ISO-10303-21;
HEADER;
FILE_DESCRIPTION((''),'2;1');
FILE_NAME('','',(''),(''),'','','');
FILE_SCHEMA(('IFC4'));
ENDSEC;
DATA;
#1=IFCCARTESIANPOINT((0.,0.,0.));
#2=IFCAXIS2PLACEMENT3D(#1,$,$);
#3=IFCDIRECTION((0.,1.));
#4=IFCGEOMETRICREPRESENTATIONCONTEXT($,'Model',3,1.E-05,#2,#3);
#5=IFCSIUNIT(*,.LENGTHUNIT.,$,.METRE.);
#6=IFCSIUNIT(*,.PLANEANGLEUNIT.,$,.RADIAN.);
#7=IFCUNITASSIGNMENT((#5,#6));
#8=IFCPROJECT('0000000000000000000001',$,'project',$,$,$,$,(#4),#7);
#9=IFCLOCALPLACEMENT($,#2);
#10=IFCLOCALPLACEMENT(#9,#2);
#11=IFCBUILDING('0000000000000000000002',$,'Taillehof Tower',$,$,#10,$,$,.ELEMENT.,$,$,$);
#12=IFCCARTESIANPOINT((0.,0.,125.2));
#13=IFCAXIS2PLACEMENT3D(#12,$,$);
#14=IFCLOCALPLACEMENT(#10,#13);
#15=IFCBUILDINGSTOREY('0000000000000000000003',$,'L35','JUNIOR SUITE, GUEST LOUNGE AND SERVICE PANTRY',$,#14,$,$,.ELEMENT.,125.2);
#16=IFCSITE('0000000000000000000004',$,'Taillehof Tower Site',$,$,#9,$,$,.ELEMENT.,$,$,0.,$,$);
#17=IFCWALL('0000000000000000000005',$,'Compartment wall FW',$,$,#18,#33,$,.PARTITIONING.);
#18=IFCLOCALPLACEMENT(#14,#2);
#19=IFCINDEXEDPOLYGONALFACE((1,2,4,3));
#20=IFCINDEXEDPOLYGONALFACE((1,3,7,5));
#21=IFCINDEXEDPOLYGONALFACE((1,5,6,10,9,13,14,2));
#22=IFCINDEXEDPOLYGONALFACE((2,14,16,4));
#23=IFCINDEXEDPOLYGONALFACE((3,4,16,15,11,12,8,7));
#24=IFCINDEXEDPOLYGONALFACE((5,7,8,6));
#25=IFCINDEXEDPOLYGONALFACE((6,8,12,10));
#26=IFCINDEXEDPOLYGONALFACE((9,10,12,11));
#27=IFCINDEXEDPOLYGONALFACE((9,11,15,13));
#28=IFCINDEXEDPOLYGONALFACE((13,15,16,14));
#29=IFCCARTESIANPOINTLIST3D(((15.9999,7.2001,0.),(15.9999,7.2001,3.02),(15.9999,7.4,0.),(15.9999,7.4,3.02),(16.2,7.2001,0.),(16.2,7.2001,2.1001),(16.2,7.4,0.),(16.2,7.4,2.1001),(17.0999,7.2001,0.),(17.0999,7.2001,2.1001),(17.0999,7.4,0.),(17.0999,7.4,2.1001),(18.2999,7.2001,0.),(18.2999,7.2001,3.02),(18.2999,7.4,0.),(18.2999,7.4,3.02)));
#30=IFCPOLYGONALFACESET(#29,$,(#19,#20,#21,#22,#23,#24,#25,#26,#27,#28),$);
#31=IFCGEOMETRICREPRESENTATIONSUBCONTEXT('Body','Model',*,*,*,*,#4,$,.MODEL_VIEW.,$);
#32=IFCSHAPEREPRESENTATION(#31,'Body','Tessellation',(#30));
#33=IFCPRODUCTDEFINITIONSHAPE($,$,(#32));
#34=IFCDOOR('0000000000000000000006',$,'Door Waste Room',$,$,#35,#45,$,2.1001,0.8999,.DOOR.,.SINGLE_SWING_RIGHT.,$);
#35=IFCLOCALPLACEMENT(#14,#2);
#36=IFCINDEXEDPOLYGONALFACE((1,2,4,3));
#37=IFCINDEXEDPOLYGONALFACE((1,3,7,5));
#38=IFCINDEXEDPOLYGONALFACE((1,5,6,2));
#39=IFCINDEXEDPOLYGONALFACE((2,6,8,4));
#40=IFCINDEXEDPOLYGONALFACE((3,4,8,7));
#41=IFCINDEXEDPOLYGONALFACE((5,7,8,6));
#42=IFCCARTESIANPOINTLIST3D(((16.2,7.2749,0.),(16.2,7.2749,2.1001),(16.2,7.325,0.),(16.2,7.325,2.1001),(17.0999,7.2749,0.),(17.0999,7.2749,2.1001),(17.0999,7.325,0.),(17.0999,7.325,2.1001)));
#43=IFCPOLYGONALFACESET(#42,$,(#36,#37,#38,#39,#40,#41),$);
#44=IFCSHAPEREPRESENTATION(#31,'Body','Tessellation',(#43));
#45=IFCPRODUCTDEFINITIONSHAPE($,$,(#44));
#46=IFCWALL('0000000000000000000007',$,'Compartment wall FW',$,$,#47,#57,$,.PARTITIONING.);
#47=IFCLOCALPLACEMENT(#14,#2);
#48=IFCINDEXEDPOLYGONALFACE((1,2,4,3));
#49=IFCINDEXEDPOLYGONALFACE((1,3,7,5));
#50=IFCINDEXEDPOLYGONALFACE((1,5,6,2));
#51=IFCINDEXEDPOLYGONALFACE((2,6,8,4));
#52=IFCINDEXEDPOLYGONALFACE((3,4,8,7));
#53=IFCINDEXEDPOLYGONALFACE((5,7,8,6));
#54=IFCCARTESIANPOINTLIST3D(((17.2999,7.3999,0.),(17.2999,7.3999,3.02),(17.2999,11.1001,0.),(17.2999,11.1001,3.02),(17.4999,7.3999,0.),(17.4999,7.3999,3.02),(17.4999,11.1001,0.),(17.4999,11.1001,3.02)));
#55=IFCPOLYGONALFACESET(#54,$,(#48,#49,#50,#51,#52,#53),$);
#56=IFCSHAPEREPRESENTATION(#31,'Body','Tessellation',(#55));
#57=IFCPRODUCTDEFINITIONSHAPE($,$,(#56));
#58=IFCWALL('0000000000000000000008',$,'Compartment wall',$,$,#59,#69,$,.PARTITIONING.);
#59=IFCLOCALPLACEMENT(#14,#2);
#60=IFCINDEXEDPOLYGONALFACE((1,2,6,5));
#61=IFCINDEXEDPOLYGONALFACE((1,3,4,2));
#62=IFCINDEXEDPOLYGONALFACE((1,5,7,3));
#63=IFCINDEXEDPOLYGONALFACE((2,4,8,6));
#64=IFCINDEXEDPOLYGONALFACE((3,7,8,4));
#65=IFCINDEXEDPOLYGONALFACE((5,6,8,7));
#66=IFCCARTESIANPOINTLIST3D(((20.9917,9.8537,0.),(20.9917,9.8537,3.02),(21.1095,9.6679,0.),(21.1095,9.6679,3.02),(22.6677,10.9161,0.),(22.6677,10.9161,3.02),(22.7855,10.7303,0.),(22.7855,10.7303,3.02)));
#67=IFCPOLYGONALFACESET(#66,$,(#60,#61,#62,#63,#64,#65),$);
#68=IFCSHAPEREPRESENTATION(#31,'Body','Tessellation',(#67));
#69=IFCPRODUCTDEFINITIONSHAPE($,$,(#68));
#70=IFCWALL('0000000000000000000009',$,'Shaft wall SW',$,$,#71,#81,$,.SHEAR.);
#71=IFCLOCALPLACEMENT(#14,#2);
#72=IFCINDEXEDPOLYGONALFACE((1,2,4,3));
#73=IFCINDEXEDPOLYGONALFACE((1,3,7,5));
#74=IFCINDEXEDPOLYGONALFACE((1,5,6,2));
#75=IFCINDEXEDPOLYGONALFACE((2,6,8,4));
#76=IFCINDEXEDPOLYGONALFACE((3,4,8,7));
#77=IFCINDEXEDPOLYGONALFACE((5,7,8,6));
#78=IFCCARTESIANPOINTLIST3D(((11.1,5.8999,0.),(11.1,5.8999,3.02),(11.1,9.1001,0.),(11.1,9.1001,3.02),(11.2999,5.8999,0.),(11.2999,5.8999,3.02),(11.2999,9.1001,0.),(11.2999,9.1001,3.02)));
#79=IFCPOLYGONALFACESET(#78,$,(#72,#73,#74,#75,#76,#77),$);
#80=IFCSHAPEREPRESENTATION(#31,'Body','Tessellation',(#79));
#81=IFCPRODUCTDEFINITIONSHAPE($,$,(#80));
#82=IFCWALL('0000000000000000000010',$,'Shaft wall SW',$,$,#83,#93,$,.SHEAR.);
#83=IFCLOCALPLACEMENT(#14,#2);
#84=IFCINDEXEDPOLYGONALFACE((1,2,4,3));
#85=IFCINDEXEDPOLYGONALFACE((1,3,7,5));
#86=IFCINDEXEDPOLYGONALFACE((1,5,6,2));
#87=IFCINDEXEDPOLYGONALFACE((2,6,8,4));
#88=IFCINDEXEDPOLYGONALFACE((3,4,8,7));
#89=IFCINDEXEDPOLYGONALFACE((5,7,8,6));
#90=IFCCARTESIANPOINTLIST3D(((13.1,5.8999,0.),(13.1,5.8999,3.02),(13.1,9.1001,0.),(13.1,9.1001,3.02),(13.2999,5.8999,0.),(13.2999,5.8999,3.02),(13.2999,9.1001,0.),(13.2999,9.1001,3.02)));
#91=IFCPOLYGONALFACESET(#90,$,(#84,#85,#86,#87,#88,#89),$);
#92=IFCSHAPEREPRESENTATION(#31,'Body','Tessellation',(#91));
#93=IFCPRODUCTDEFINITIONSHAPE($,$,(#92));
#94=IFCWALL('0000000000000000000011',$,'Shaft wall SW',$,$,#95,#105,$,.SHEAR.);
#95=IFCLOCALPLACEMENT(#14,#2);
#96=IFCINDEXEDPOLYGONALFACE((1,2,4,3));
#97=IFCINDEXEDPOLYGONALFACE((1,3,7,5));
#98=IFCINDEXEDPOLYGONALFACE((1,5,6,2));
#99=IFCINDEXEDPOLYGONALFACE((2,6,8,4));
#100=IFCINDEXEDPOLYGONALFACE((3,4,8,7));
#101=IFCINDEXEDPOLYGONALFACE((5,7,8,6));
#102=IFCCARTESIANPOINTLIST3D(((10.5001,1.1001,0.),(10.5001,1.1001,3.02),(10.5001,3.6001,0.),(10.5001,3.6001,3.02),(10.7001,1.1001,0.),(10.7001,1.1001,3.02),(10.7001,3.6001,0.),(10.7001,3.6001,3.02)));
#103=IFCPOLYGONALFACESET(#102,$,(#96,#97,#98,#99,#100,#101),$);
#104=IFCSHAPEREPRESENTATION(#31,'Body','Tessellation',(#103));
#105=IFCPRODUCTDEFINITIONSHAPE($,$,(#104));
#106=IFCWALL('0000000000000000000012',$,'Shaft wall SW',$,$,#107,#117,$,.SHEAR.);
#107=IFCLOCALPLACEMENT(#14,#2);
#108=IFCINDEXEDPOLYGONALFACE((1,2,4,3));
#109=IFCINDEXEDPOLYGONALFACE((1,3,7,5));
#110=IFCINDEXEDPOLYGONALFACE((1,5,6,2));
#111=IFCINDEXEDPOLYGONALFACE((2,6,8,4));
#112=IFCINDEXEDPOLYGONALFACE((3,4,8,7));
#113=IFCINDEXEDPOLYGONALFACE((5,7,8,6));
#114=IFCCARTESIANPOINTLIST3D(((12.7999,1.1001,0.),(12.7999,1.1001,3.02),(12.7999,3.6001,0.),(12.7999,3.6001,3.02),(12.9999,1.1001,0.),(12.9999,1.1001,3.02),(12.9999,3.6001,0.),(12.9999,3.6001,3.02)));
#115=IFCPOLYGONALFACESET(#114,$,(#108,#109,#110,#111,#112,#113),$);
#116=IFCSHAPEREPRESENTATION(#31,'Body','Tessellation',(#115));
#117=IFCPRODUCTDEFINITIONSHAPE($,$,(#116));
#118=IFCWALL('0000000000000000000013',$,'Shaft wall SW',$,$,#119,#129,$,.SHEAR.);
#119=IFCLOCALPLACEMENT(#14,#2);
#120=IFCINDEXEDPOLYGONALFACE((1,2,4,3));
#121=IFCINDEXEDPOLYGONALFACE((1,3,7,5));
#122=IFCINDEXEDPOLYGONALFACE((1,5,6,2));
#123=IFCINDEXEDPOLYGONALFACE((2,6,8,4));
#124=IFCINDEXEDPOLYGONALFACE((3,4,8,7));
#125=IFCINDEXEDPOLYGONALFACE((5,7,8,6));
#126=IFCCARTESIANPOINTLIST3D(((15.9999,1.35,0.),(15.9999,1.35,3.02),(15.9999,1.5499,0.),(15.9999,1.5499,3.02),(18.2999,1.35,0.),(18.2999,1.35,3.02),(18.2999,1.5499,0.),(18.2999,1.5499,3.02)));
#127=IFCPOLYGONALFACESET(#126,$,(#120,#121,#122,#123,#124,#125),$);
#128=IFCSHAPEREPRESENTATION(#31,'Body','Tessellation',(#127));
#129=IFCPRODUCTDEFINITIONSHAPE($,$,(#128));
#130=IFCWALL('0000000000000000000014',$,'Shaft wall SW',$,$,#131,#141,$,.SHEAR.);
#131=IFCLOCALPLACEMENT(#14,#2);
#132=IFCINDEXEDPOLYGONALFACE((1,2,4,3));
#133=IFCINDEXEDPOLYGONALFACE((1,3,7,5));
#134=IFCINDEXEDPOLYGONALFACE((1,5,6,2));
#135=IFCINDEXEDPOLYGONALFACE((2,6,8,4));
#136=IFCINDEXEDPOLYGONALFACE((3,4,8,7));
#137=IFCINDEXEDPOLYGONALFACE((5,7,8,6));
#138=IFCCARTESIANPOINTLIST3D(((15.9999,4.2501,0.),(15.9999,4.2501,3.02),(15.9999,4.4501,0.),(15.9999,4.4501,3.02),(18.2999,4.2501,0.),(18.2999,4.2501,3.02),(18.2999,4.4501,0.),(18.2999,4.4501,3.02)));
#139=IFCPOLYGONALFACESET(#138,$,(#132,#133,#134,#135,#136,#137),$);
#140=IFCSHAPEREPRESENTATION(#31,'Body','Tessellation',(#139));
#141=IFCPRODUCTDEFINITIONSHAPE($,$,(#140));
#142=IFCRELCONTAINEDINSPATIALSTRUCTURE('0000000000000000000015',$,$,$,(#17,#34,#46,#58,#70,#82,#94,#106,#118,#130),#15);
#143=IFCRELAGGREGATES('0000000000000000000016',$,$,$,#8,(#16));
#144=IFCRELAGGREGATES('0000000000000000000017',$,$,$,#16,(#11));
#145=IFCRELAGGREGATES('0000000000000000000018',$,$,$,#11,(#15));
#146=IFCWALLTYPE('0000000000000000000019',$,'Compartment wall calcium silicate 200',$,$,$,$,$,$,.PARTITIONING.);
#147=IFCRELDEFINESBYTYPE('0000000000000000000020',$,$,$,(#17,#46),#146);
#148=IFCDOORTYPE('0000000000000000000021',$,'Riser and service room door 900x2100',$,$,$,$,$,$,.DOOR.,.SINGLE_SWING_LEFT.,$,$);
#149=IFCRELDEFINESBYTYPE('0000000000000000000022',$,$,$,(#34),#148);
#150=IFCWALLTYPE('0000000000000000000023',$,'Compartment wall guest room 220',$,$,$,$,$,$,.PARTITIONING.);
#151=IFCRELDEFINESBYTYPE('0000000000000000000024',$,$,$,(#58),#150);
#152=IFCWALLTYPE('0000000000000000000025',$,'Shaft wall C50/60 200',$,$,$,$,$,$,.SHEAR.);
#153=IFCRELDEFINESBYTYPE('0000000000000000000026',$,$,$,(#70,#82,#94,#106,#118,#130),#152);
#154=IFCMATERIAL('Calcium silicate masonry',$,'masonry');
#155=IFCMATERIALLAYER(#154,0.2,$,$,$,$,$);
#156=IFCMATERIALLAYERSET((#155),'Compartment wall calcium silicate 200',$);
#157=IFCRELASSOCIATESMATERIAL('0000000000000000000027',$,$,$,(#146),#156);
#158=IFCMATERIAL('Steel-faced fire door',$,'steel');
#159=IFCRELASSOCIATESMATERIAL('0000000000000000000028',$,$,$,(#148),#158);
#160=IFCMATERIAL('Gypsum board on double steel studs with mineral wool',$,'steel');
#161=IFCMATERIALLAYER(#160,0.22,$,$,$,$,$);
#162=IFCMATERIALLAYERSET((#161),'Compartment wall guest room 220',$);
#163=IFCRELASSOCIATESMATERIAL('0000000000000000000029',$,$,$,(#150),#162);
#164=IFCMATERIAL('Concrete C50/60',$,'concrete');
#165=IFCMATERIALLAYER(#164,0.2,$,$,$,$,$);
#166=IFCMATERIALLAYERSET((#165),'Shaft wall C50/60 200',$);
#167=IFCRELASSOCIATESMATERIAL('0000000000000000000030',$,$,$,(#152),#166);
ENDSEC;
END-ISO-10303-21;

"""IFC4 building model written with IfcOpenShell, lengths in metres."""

from ifc_helpers import new_model, si_unit, direction, frame, frame_2d, origin, place, context, subcontext, project, spatial, rectangle, extrude, material, layer, layer_set, type_object, element, fill, save


model = new_model("IFC4")

# Units and contexts
model_context = context("Model", 3, precision=1e-05, world=origin(), true_north=direction((0.0, 1.0)))
body_context = subcontext(model_context, "Body", "Model", "MODEL_VIEW")
ifc_project = project(units=[si_unit("LENGTHUNIT", "METRE"), si_unit("PLANEANGLEUNIT", "RADIAN")], contexts=[model_context])

# Site, building, storey
site_placement = place(None, origin())
site = spatial("IfcSite", under=ifc_project, at=site_placement, Name="Taillehof Tower Site", CompositionType="ELEMENT", RefElevation=0.0)
building_placement = place(site_placement, origin())
building = spatial("IfcBuilding", under=site, at=building_placement, Name="Taillehof Tower", CompositionType="ELEMENT")
storey_placement = place(building_placement, frame((0.0, 0.0, 125.2)))
storey = spatial("IfcBuildingStorey", under=building, at=storey_placement, Name="L35", Description="JUNIOR SUITE, GUEST LOUNGE AND SERVICE PANTRY", CompositionType="ELEMENT", Elevation=125.2)

# Wall, opening, door
ifc_material_1 = material(Name="Calcium silicate masonry", Category="masonry")
ifc_layer_1 = layer(ifc_material_1, 0.2)
ifc_layer_set_1 = layer_set([ifc_layer_1], Name="Compartment wall calcium silicate 200")
wall_type_1 = type_object("IfcWallType", Name="Compartment wall calcium silicate 200", PredefinedType="PARTITIONING", material=ifc_layer_set_1)
wall_1_placement = place(storey_placement, frame((16.0, 7.3, 0.0), z_axis=(0.0, 0.0, 1.0), x_axis=(1.0, 0.0, 0.0)))
wall_1 = element("IfcWall", 1, at=wall_1_placement, inside=storey, type_object=wall_type_1, Name="Compartment wall FW", PredefinedType="PARTITIONING", context=body_context, shape_type="SweptSolid", body=[
    extrude(rectangle(XDim=2.3, YDim=0.2, at=frame_2d((1.1499, 0.0))), origin(), (0.0, 0.0, 1.0), 3.02),
])
opening_1_placement = place(wall_1_placement, frame((0.2, 0.0, 0.0)))
opening_1 = element("IfcOpeningElement", 2, at=opening_1_placement, cuts=wall_1, PredefinedType="OPENING", context=body_context, shape_type="SweptSolid", body=[
    extrude(rectangle(XDim=0.8999, YDim=2.1001, at=frame_2d((0.45, 1.05))), frame((0.0, 0.1099, 0.0), z_axis=(0.0, -1.0, 0.0), x_axis=(1.0, 0.0, 0.0)), (0.0, 0.0, 1.0), 0.22),
])
ifc_material_2 = material(Name="Steel-faced fire door", Category="steel")
door_type = type_object("IfcDoorType", Name="Riser and service room door 900x2100", OperationType="SINGLE_SWING_LEFT", PredefinedType="DOOR", material=ifc_material_2)
door_placement = place(opening_1_placement, origin())
door = element("IfcDoor", 3, at=door_placement, inside=storey, type_object=door_type, Name="Door Waste Room", OperationType="SINGLE_SWING_RIGHT", OverallHeight=2.1001, OverallWidth=0.8999, PredefinedType="DOOR", context=body_context, shape_type="SweptSolid", body=[
    extrude(rectangle(XDim=0.8999, YDim=2.1001, at=frame_2d((0.45, 1.05))), frame((0.0, 0.0249, 0.0), z_axis=(0.0, -1.0, 0.0), x_axis=(1.0, 0.0, 0.0)), (0.0, 0.0, 1.0), 0.05),
])
fill(opening_1, door)

# Walls
wall_2_placement = place(storey_placement, frame((17.3999, 7.3999, 0.0), z_axis=(0.0, 0.0, 1.0), x_axis=(0.0, 1.0, 0.0)))
element("IfcWall", 4, at=wall_2_placement, inside=storey, type_object=wall_type_1, Name="Compartment wall FW", PredefinedType="PARTITIONING", context=body_context, shape_type="SweptSolid", body=[
    extrude(rectangle(XDim=3.7002, YDim=0.2, at=frame_2d((1.8501, 0.0))), origin(), (0.0, 0.0, 1.0), 3.02),
])
ifc_material_3 = material(Name="Gypsum board on double steel studs with mineral wool", Category="steel")
ifc_layer_2 = layer(ifc_material_3, 0.22)
ifc_layer_set_2 = layer_set([ifc_layer_2], Name="Compartment wall guest room 220")
wall_type_2 = type_object("IfcWallType", Name="Compartment wall guest room 220", PredefinedType="PARTITIONING", material=ifc_layer_set_2)
wall_3_placement = place(storey_placement, frame((22.7266, 10.8232, 0.0), z_axis=(0.0, 0.0, 1.0), x_axis=(-0.844587, -0.535418, 0.0)))
element("IfcWall", 5, at=wall_3_placement, inside=storey, type_object=wall_type_2, Name="Compartment wall", PredefinedType="PARTITIONING", context=body_context, shape_type="SweptSolid", body=[
    extrude(rectangle(XDim=1.9844, YDim=0.22, at=frame_2d((0.9922, 0.0))), origin(), (0.0, 0.0, 1.0), 3.02),
])
ifc_material_4 = material(Name="Concrete C50/60", Category="concrete")
ifc_layer_3 = layer(ifc_material_4, 0.2)
ifc_layer_set_3 = layer_set([ifc_layer_3], Name="Shaft wall C50/60 200")
wall_type_3 = type_object("IfcWallType", Name="Shaft wall C50/60 200", PredefinedType="SHEAR", material=ifc_layer_set_3)
for number, where, z_axis, x_axis, name in (
    (6, (11.2, 5.8999, 0.0), (0.0, 0.0, 1.0), (0.0, 1.0, 0.0), "Shaft wall SW"),
    (7, (13.2, 5.8999, 0.0), (0.0, 0.0, 1.0), (0.0, 1.0, 0.0), "Shaft wall SW"),
):
    element("IfcWall", number, at=place(storey_placement, frame(where, z_axis=z_axis, x_axis=x_axis)), inside=storey, type_object=wall_type_3, Name=name, PredefinedType="SHEAR", context=body_context, shape_type="SweptSolid", body=[
        extrude(rectangle(XDim=3.2002, YDim=0.2, at=frame_2d((1.6001, 0.0))), origin(), (0.0, 0.0, 1.0), 3.02),
    ])
for number, where, z_axis, x_axis, name in (
    (8, (10.6001, 1.1001, 0.0), (0.0, 0.0, 1.0), (0.0, 1.0, 0.0), "Shaft wall SW"),
    (9, (12.8999, 1.1001, 0.0), (0.0, 0.0, 1.0), (0.0, 1.0, 0.0), "Shaft wall SW"),
):
    element("IfcWall", number, at=place(storey_placement, frame(where, z_axis=z_axis, x_axis=x_axis)), inside=storey, type_object=wall_type_3, Name=name, PredefinedType="SHEAR", context=body_context, shape_type="SweptSolid", body=[
        extrude(rectangle(XDim=2.5, YDim=0.2, at=frame_2d((1.25, 0.0))), origin(), (0.0, 0.0, 1.0), 3.02),
    ])
for number, where, z_axis, x_axis, name in (
    (10, (16.0, 1.45, 0.0), (0.0, 0.0, 1.0), (1.0, 0.0, 0.0), "Shaft wall SW"),
    (11, (16.0, 4.3501, 0.0), (0.0, 0.0, 1.0), (1.0, 0.0, 0.0), "Shaft wall SW"),
):
    element("IfcWall", number, at=place(storey_placement, frame(where, z_axis=z_axis, x_axis=x_axis)), inside=storey, type_object=wall_type_3, Name=name, PredefinedType="SHEAR", context=body_context, shape_type="SweptSolid", body=[
        extrude(rectangle(XDim=2.3, YDim=0.2, at=frame_2d((1.1499, 0.0))), origin(), (0.0, 0.0, 1.0), 3.02),
    ])

save(model, "model.ifc")
